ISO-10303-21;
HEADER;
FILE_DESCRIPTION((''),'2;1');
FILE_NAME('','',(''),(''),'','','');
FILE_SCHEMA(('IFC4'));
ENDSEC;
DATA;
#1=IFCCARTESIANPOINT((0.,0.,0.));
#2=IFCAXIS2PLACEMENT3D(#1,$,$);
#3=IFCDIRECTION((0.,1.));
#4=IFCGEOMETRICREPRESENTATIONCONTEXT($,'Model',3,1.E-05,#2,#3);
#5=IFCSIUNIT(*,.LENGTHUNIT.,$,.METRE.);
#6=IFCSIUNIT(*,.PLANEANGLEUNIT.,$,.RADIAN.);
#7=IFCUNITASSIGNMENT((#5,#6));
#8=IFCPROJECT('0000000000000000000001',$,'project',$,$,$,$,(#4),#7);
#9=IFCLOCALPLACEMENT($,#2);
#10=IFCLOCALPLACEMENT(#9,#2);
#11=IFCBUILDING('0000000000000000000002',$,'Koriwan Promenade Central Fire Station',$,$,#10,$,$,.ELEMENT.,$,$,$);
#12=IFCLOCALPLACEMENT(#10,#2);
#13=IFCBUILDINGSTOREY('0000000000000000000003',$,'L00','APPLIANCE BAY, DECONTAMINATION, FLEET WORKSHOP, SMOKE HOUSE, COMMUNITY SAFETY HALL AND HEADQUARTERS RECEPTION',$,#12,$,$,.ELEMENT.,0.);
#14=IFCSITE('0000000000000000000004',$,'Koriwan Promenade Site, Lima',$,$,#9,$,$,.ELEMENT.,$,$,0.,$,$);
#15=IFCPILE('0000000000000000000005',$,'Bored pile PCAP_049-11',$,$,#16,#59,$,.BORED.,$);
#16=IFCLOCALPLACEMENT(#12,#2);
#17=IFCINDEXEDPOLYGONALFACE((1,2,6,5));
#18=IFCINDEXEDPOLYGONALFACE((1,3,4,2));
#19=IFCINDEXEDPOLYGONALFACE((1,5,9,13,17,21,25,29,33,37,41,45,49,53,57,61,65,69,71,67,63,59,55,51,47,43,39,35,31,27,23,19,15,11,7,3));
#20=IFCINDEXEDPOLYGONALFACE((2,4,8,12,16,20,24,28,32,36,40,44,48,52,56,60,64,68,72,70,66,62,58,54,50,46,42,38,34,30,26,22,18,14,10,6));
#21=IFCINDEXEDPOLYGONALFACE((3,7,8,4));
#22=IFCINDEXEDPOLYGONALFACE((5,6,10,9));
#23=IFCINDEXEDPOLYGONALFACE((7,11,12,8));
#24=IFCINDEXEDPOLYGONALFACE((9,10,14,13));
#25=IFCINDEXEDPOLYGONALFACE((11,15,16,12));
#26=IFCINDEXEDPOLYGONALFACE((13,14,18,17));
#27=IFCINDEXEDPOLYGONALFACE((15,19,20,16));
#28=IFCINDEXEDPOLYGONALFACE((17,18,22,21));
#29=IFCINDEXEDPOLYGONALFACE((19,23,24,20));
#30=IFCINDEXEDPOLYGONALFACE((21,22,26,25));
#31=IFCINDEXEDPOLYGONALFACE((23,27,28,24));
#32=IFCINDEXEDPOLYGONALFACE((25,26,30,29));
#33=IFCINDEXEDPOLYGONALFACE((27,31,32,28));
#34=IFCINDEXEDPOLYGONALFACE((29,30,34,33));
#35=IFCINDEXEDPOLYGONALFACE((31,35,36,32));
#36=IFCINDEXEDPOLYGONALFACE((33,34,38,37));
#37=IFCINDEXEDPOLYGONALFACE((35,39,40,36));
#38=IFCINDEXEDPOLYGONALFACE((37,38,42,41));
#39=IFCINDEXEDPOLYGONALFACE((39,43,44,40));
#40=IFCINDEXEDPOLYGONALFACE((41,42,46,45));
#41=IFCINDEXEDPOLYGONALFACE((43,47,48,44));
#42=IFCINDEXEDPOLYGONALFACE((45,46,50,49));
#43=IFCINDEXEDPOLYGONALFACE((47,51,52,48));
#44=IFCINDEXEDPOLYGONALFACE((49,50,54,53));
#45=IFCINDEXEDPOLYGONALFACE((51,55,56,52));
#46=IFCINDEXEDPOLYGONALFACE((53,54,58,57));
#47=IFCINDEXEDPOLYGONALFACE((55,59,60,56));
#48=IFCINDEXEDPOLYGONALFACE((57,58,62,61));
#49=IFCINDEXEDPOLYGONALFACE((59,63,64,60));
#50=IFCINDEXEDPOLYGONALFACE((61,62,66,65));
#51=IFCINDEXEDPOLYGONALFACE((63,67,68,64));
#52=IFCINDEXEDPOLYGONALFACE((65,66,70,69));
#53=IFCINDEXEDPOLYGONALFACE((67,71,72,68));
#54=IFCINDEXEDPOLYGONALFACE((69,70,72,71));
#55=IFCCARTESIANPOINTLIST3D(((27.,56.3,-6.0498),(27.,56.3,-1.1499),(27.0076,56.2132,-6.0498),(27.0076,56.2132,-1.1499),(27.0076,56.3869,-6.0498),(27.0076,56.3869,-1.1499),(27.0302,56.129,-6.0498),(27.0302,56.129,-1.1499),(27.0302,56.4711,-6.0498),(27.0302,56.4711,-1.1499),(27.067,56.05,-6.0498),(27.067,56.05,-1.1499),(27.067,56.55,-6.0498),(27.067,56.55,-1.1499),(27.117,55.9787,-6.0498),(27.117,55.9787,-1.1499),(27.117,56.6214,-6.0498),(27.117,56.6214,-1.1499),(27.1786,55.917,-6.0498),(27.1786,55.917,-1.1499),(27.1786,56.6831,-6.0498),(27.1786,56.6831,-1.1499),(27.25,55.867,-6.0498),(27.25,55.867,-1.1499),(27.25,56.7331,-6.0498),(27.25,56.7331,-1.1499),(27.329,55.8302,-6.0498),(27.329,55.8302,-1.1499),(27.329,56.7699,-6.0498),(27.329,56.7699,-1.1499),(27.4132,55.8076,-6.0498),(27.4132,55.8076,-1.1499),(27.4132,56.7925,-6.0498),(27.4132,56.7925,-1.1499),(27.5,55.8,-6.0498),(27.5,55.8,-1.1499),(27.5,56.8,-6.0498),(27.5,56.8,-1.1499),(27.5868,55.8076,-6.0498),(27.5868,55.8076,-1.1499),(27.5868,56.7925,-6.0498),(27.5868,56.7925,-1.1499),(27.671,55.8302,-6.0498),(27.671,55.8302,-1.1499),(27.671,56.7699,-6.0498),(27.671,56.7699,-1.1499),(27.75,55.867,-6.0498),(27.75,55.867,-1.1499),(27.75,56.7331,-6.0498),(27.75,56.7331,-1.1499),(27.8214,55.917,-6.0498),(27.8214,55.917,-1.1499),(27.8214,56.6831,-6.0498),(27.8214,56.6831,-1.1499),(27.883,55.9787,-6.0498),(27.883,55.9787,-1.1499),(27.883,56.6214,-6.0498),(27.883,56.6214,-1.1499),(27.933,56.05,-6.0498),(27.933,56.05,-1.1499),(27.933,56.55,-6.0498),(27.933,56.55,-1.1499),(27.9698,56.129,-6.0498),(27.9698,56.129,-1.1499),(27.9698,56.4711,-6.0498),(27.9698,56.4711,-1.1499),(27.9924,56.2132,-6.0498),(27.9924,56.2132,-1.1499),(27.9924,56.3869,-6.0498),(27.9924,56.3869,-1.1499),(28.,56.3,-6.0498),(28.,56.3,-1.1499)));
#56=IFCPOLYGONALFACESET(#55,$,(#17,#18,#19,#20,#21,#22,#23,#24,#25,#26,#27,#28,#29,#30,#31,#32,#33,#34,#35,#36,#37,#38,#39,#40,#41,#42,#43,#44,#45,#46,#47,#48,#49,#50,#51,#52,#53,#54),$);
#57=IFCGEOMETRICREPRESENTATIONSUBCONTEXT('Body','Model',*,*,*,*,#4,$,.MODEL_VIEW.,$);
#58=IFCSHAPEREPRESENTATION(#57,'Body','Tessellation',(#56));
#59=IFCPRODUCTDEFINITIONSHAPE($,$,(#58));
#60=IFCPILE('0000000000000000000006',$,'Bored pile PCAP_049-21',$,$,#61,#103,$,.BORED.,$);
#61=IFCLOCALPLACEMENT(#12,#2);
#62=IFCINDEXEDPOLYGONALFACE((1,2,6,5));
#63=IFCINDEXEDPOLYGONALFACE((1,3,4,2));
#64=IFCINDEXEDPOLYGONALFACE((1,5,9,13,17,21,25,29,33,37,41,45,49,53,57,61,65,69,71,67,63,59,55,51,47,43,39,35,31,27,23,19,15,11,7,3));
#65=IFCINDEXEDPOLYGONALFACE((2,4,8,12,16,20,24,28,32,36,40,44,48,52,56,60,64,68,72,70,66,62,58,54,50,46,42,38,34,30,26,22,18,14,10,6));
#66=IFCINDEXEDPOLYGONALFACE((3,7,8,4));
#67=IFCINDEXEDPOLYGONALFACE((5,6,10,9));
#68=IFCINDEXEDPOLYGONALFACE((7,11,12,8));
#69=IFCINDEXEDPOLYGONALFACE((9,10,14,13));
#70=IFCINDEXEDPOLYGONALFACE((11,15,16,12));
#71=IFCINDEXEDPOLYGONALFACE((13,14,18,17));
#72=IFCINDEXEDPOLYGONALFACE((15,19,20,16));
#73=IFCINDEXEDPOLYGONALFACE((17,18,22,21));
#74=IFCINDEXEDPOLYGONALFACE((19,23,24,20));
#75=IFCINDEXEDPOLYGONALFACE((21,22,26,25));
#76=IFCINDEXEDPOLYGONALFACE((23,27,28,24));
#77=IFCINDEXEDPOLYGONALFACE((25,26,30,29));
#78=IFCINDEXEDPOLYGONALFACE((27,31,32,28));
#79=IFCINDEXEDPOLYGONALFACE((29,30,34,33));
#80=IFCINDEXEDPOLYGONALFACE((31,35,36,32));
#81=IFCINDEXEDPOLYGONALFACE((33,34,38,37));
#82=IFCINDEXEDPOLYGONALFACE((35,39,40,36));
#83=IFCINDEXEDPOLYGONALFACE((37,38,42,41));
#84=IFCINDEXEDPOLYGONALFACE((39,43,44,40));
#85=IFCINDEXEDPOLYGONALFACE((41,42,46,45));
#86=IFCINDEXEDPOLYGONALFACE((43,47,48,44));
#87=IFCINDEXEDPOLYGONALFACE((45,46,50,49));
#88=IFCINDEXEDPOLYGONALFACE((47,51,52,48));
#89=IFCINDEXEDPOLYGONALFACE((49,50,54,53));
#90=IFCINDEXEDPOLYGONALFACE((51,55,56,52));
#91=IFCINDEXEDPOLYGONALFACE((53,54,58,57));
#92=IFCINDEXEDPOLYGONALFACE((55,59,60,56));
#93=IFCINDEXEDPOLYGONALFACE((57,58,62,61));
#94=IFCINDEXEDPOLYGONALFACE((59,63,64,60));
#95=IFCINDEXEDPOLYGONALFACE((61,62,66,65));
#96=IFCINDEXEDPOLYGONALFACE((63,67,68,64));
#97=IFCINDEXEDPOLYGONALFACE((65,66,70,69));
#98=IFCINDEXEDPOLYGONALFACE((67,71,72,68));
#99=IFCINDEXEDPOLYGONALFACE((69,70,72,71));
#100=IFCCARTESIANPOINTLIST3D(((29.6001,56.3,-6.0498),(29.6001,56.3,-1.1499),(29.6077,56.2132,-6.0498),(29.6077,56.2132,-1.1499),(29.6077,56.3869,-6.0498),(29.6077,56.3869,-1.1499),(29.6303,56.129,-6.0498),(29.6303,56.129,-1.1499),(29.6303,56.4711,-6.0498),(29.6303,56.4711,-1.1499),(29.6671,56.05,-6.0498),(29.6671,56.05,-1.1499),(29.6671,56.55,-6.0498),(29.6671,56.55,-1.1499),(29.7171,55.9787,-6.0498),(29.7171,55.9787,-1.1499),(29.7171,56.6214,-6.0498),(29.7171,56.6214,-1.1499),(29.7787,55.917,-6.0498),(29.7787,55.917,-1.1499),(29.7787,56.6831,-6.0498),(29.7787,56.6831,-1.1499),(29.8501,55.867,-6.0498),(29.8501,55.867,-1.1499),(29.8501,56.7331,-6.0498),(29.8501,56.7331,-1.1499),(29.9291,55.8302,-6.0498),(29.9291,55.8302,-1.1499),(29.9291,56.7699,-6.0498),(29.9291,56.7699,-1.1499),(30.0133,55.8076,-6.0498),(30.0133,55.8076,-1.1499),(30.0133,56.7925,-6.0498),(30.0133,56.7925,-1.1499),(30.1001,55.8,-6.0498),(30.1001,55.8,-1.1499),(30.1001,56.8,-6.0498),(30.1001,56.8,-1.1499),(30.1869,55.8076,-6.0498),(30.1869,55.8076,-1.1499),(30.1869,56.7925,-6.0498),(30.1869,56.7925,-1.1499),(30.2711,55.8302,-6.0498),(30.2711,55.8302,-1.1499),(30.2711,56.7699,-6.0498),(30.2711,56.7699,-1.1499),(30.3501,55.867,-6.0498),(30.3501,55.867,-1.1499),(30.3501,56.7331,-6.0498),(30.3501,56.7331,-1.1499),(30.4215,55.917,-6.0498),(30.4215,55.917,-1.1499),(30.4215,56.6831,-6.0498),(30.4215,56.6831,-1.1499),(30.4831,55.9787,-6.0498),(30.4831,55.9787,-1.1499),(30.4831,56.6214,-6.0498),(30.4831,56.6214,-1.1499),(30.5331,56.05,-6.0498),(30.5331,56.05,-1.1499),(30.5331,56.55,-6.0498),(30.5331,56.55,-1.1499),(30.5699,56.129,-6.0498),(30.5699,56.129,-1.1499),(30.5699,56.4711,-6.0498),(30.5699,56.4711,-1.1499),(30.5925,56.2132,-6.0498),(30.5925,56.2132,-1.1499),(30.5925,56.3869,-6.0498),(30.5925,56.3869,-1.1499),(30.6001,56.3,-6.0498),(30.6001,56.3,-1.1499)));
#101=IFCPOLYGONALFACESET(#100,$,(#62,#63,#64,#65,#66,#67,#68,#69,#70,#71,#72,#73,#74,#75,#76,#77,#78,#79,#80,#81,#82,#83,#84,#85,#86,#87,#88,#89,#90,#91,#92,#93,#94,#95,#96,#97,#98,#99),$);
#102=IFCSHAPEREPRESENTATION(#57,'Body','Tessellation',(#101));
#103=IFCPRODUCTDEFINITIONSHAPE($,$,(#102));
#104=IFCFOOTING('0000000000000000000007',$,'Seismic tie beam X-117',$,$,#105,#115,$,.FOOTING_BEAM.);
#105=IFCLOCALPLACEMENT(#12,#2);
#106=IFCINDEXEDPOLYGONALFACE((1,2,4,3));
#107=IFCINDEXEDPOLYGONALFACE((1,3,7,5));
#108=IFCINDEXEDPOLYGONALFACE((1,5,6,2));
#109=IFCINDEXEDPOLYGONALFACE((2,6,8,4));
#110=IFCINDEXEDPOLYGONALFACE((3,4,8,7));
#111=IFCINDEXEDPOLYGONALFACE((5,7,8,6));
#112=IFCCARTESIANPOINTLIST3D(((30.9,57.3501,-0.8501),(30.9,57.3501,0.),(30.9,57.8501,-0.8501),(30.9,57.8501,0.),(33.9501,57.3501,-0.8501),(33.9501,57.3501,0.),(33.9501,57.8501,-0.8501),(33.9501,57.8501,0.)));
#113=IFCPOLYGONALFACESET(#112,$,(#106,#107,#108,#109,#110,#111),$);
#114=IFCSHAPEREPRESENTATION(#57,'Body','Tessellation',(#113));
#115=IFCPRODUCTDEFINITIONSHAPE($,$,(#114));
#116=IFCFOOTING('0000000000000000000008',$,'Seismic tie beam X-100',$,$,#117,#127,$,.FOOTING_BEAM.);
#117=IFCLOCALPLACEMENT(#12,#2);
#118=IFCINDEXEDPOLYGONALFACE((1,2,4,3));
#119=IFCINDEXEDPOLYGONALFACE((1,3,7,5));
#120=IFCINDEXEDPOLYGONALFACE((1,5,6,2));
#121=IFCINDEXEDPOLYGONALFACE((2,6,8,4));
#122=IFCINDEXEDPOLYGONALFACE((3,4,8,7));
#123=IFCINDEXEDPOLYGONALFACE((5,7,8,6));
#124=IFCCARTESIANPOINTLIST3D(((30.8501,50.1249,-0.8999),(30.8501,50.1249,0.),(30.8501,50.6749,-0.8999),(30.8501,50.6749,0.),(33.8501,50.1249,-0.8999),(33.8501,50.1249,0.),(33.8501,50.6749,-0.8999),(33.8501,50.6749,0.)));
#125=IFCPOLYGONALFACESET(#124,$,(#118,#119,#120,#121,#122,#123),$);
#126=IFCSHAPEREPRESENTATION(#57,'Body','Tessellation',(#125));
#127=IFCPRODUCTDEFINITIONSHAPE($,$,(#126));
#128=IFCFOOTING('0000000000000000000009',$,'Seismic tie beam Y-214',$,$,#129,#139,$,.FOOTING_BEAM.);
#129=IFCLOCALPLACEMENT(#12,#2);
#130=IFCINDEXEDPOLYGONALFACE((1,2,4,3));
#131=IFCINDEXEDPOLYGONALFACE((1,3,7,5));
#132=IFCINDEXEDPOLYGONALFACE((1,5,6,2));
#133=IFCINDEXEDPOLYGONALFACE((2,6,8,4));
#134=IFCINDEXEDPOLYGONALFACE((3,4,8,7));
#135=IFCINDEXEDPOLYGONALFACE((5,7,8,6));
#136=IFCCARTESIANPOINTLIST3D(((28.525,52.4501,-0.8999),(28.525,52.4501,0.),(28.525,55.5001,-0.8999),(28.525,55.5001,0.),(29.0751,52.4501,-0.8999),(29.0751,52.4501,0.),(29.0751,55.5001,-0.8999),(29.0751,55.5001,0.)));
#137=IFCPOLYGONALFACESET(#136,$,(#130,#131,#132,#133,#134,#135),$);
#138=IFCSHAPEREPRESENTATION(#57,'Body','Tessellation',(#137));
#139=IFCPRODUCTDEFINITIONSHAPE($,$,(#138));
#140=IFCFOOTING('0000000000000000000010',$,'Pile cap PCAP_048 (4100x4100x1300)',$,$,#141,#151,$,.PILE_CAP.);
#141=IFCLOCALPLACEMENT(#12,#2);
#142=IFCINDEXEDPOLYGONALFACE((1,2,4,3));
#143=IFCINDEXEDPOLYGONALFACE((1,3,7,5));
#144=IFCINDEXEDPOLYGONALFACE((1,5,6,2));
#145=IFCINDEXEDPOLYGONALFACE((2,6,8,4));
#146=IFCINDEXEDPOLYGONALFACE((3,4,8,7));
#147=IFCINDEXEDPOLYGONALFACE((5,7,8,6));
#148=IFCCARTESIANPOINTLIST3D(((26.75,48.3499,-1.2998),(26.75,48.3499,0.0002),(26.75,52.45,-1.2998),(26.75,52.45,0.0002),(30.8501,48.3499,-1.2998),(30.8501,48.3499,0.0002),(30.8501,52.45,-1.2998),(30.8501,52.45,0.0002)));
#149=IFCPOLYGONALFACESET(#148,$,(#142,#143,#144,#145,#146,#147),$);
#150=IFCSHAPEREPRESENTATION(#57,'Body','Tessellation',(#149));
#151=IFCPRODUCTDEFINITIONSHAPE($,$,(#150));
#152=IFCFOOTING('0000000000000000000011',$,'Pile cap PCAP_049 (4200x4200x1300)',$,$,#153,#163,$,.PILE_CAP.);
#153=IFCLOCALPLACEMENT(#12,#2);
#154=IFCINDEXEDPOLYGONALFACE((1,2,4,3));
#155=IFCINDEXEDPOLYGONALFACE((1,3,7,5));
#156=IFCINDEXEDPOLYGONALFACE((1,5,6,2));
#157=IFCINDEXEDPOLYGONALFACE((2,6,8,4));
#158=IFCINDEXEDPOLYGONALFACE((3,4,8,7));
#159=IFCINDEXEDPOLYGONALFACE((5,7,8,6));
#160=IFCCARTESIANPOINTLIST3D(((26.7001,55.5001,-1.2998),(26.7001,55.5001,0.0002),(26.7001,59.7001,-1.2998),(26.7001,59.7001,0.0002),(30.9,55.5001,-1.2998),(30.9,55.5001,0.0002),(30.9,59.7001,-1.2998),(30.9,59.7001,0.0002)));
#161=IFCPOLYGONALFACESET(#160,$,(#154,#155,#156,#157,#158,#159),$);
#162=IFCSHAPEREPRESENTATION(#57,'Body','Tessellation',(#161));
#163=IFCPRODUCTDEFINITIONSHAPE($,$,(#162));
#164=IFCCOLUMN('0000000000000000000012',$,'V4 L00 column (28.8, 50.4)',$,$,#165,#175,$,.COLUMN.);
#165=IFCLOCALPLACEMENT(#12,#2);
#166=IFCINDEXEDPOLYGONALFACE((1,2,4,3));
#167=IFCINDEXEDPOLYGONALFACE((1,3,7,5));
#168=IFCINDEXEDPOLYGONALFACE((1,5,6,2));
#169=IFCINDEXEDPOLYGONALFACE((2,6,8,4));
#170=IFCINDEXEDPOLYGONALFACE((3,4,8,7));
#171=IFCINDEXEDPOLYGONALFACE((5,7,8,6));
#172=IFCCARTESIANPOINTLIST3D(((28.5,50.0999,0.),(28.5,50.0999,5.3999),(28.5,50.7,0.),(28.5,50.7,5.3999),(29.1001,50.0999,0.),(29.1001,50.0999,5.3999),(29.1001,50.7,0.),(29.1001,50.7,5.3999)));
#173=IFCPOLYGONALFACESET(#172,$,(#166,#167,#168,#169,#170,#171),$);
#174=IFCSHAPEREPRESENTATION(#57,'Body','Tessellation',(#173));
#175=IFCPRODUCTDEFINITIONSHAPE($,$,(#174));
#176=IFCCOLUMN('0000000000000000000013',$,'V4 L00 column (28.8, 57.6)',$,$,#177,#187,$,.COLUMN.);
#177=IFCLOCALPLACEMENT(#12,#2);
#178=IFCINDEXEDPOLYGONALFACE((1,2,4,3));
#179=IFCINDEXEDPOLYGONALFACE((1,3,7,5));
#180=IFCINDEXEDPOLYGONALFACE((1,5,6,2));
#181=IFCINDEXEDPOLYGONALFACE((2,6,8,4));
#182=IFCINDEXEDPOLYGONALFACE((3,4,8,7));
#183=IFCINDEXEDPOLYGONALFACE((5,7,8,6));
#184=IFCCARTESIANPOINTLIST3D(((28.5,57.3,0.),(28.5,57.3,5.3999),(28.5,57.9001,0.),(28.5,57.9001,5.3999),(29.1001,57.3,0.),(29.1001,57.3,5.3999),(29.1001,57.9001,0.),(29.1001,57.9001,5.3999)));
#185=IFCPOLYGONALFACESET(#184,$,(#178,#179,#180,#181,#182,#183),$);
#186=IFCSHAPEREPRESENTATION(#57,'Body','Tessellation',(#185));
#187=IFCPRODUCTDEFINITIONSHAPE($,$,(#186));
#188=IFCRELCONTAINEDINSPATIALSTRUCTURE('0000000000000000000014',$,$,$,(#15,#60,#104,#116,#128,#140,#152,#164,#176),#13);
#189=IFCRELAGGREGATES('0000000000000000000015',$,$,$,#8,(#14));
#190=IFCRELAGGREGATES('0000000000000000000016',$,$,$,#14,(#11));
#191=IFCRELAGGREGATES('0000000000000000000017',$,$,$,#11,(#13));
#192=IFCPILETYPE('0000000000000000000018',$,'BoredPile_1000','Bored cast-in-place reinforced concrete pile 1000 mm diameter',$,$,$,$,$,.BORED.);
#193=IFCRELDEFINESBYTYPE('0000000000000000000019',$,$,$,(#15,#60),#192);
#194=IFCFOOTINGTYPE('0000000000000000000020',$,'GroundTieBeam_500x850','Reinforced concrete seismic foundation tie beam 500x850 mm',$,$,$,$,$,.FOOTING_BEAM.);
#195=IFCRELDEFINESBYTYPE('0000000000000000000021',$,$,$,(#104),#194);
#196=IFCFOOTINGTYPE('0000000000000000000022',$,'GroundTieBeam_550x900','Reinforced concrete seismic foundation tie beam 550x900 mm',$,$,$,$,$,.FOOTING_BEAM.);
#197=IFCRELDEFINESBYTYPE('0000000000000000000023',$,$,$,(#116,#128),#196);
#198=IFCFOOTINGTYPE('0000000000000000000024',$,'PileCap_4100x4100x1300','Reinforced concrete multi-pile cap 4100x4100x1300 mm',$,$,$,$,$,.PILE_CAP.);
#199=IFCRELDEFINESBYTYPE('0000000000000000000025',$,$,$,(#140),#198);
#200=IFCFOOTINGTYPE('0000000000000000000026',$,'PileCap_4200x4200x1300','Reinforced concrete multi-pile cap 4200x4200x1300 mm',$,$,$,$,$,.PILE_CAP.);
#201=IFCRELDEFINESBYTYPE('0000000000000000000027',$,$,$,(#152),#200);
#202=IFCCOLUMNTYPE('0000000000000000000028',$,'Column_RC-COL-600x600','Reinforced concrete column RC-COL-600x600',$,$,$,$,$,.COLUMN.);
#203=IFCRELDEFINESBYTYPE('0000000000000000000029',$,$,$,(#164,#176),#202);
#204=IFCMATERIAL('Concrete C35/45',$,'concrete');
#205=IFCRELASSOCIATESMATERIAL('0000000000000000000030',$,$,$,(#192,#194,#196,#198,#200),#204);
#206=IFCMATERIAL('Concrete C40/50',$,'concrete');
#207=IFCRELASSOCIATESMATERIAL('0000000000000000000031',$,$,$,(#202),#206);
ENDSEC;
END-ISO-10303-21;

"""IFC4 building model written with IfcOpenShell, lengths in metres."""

from ifc_helpers import new_model, si_unit, direction, frame, origin, origin_2d, place, context, subcontext, project, spatial, rectangle, circle, extrude, material, material_profile, profile_set, type_object, element, save


model = new_model("IFC4")

# Units and contexts
model_context = context("Model", 3, precision=1e-05, world=origin(), true_north=direction((0.0, 1.0)))
body_context = subcontext(model_context, "Body", "Model", "MODEL_VIEW")
ifc_project = project(units=[si_unit("LENGTHUNIT", "METRE"), si_unit("PLANEANGLEUNIT", "RADIAN")], contexts=[model_context])

# Site, building, storey
site_placement = place(None, origin())
site = spatial("IfcSite", under=ifc_project, at=site_placement, Name="Koriwan Promenade Site, Lima", CompositionType="ELEMENT", RefElevation=0.0)
building_placement = place(site_placement, origin())
building = spatial("IfcBuilding", under=site, at=building_placement, Name="Koriwan Promenade Central Fire Station", CompositionType="ELEMENT")
storey_placement = place(building_placement, origin())
storey = spatial("IfcBuildingStorey", under=building, at=storey_placement, Name="L00", Description="APPLIANCE BAY, DECONTAMINATION, FLEET WORKSHOP, SMOKE HOUSE, COMMUNITY SAFETY HALL AND HEADQUARTERS RECEPTION", CompositionType="ELEMENT", Elevation=0.0)

# Piles
ifc_material_1 = material(Name="Concrete C35/45", Category="concrete")
ifc_material_profile_1 = material_profile(ifc_material_1, circle(Radius=0.5, at=origin_2d()), Name="PILE-D1000")
ifc_profile_set_1 = profile_set([ifc_material_profile_1], Name="Concrete C35/45")
pile_type = type_object("IfcPileType", Name="BoredPile_1000", Description="Bored cast-in-place reinforced concrete pile 1000 mm diameter", PredefinedType="BORED", material=ifc_profile_set_1)
for number, where, z_axis, x_axis, name in (
    (1, (27.5, 56.3, -1.1499), (0.0, 0.0, -1.0), (1.0, 0.0, 0.0), "Bored pile PCAP_049-11"),
    (2, (30.1001, 56.3, -1.1499), (0.0, 0.0, -1.0), (1.0, 0.0, 0.0), "Bored pile PCAP_049-21"),
):
    element("IfcPile", number, at=place(storey_placement, frame(where, z_axis=z_axis, x_axis=x_axis)), inside=storey, type_object=pile_type, Name=name, PredefinedType="BORED", context=body_context, shape_type="SweptSolid", body=[
        extrude(circle(Radius=0.5, at=origin_2d()), origin(), (0.0, 0.0, 1.0), 4.8999),
    ])

# Footings
footing_type_1 = type_object("IfcFootingType", Name="GroundTieBeam_500x850", Description="Reinforced concrete seismic foundation tie beam 500x850 mm", PredefinedType="FOOTING_BEAM", material=ifc_material_1)
footing_1_placement = place(storey_placement, frame((32.425, 57.6001, -0.8501), z_axis=(0.0, 0.0, 1.0), x_axis=(1.0, 0.0, 0.0)))
element("IfcFooting", 3, at=footing_1_placement, inside=storey, type_object=footing_type_1, Name="Seismic tie beam X-117", PredefinedType="FOOTING_BEAM", context=body_context, shape_type="SweptSolid", body=[
    extrude(rectangle(XDim=3.05, YDim=0.5, at=origin_2d()), origin(), (0.0, 0.0, 1.0), 0.8501),
])
footing_type_2 = type_object("IfcFootingType", Name="GroundTieBeam_550x900", Description="Reinforced concrete seismic foundation tie beam 550x900 mm", PredefinedType="FOOTING_BEAM", material=ifc_material_1)
footing_2_placement = place(storey_placement, frame((32.3501, 50.3999, -0.8999), z_axis=(0.0, 0.0, 1.0), x_axis=(1.0, 0.0, 0.0)))
element("IfcFooting", 4, at=footing_2_placement, inside=storey, type_object=footing_type_2, Name="Seismic tie beam X-100", PredefinedType="FOOTING_BEAM", context=body_context, shape_type="SweptSolid", body=[
    extrude(rectangle(XDim=3.0, YDim=0.55, at=origin_2d()), origin(), (0.0, 0.0, 1.0), 0.8999),
])
footing_3_placement = place(storey_placement, frame((28.8, 53.9751, -0.8999), z_axis=(0.0, 0.0, 1.0), x_axis=(0.0, 1.0, 0.0)))
element("IfcFooting", 5, at=footing_3_placement, inside=storey, type_object=footing_type_2, Name="Seismic tie beam Y-214", PredefinedType="FOOTING_BEAM", context=body_context, shape_type="SweptSolid", body=[
    extrude(rectangle(XDim=3.05, YDim=0.55, at=origin_2d()), origin(), (0.0, 0.0, 1.0), 0.8999),
])
footing_type_3 = type_object("IfcFootingType", Name="PileCap_4100x4100x1300", Description="Reinforced concrete multi-pile cap 4100x4100x1300 mm", PredefinedType="PILE_CAP", material=ifc_material_1)
footing_4_placement = place(storey_placement, frame((28.8, 50.3999, -1.2998), z_axis=(0.0, 0.0, 1.0), x_axis=(1.0, 0.0, 0.0)))
element("IfcFooting", 6, at=footing_4_placement, inside=storey, type_object=footing_type_3, Name="Pile cap PCAP_048 (4100x4100x1300)", PredefinedType="PILE_CAP", context=body_context, shape_type="SweptSolid", body=[
    extrude(rectangle(XDim=4.1001, YDim=4.1001, at=origin_2d()), origin(), (0.0, 0.0, 1.0), 1.3),
])
footing_type_4 = type_object("IfcFootingType", Name="PileCap_4200x4200x1300", Description="Reinforced concrete multi-pile cap 4200x4200x1300 mm", PredefinedType="PILE_CAP", material=ifc_material_1)
footing_5_placement = place(storey_placement, frame((28.8, 57.6001, -1.2998), z_axis=(0.0, 0.0, 1.0), x_axis=(1.0, 0.0, 0.0)))
element("IfcFooting", 7, at=footing_5_placement, inside=storey, type_object=footing_type_4, Name="Pile cap PCAP_049 (4200x4200x1300)", PredefinedType="PILE_CAP", context=body_context, shape_type="SweptSolid", body=[
    extrude(rectangle(XDim=4.2, YDim=4.2, at=origin_2d()), origin(), (0.0, 0.0, 1.0), 1.3),
])

# Columns
ifc_material_2 = material(Name="Concrete C40/50", Category="concrete")
ifc_material_profile_2 = material_profile(ifc_material_2, rectangle(XDim=0.6001, YDim=0.6001, at=origin_2d()), Name="RC-COL-600x600")
ifc_profile_set_2 = profile_set([ifc_material_profile_2], Name="Concrete C40/50")
column_type = type_object("IfcColumnType", Name="Column_RC-COL-600x600", Description="Reinforced concrete column RC-COL-600x600", PredefinedType="COLUMN", material=ifc_profile_set_2)
for number, where, z_axis, x_axis, name in (
    (8, (28.8, 50.3999, 0.0), (0.0, 0.0, 1.0), (1.0, 0.0, 0.0), "V4 L00 column (28.8, 50.4)"),
    (9, (28.8, 57.6001, 0.0), (0.0, 0.0, 1.0), (1.0, 0.0, 0.0), "V4 L00 column (28.8, 57.6)"),
):
    element("IfcColumn", number, at=place(storey_placement, frame(where, z_axis=z_axis, x_axis=x_axis)), inside=storey, type_object=column_type, Name=name, PredefinedType="COLUMN", context=body_context, shape_type="SweptSolid", body=[
        extrude(rectangle(XDim=0.6001, YDim=0.6001, at=origin_2d()), origin(), (0.0, 0.0, 1.0), 5.3999),
    ])

save(model, "model.ifc")
